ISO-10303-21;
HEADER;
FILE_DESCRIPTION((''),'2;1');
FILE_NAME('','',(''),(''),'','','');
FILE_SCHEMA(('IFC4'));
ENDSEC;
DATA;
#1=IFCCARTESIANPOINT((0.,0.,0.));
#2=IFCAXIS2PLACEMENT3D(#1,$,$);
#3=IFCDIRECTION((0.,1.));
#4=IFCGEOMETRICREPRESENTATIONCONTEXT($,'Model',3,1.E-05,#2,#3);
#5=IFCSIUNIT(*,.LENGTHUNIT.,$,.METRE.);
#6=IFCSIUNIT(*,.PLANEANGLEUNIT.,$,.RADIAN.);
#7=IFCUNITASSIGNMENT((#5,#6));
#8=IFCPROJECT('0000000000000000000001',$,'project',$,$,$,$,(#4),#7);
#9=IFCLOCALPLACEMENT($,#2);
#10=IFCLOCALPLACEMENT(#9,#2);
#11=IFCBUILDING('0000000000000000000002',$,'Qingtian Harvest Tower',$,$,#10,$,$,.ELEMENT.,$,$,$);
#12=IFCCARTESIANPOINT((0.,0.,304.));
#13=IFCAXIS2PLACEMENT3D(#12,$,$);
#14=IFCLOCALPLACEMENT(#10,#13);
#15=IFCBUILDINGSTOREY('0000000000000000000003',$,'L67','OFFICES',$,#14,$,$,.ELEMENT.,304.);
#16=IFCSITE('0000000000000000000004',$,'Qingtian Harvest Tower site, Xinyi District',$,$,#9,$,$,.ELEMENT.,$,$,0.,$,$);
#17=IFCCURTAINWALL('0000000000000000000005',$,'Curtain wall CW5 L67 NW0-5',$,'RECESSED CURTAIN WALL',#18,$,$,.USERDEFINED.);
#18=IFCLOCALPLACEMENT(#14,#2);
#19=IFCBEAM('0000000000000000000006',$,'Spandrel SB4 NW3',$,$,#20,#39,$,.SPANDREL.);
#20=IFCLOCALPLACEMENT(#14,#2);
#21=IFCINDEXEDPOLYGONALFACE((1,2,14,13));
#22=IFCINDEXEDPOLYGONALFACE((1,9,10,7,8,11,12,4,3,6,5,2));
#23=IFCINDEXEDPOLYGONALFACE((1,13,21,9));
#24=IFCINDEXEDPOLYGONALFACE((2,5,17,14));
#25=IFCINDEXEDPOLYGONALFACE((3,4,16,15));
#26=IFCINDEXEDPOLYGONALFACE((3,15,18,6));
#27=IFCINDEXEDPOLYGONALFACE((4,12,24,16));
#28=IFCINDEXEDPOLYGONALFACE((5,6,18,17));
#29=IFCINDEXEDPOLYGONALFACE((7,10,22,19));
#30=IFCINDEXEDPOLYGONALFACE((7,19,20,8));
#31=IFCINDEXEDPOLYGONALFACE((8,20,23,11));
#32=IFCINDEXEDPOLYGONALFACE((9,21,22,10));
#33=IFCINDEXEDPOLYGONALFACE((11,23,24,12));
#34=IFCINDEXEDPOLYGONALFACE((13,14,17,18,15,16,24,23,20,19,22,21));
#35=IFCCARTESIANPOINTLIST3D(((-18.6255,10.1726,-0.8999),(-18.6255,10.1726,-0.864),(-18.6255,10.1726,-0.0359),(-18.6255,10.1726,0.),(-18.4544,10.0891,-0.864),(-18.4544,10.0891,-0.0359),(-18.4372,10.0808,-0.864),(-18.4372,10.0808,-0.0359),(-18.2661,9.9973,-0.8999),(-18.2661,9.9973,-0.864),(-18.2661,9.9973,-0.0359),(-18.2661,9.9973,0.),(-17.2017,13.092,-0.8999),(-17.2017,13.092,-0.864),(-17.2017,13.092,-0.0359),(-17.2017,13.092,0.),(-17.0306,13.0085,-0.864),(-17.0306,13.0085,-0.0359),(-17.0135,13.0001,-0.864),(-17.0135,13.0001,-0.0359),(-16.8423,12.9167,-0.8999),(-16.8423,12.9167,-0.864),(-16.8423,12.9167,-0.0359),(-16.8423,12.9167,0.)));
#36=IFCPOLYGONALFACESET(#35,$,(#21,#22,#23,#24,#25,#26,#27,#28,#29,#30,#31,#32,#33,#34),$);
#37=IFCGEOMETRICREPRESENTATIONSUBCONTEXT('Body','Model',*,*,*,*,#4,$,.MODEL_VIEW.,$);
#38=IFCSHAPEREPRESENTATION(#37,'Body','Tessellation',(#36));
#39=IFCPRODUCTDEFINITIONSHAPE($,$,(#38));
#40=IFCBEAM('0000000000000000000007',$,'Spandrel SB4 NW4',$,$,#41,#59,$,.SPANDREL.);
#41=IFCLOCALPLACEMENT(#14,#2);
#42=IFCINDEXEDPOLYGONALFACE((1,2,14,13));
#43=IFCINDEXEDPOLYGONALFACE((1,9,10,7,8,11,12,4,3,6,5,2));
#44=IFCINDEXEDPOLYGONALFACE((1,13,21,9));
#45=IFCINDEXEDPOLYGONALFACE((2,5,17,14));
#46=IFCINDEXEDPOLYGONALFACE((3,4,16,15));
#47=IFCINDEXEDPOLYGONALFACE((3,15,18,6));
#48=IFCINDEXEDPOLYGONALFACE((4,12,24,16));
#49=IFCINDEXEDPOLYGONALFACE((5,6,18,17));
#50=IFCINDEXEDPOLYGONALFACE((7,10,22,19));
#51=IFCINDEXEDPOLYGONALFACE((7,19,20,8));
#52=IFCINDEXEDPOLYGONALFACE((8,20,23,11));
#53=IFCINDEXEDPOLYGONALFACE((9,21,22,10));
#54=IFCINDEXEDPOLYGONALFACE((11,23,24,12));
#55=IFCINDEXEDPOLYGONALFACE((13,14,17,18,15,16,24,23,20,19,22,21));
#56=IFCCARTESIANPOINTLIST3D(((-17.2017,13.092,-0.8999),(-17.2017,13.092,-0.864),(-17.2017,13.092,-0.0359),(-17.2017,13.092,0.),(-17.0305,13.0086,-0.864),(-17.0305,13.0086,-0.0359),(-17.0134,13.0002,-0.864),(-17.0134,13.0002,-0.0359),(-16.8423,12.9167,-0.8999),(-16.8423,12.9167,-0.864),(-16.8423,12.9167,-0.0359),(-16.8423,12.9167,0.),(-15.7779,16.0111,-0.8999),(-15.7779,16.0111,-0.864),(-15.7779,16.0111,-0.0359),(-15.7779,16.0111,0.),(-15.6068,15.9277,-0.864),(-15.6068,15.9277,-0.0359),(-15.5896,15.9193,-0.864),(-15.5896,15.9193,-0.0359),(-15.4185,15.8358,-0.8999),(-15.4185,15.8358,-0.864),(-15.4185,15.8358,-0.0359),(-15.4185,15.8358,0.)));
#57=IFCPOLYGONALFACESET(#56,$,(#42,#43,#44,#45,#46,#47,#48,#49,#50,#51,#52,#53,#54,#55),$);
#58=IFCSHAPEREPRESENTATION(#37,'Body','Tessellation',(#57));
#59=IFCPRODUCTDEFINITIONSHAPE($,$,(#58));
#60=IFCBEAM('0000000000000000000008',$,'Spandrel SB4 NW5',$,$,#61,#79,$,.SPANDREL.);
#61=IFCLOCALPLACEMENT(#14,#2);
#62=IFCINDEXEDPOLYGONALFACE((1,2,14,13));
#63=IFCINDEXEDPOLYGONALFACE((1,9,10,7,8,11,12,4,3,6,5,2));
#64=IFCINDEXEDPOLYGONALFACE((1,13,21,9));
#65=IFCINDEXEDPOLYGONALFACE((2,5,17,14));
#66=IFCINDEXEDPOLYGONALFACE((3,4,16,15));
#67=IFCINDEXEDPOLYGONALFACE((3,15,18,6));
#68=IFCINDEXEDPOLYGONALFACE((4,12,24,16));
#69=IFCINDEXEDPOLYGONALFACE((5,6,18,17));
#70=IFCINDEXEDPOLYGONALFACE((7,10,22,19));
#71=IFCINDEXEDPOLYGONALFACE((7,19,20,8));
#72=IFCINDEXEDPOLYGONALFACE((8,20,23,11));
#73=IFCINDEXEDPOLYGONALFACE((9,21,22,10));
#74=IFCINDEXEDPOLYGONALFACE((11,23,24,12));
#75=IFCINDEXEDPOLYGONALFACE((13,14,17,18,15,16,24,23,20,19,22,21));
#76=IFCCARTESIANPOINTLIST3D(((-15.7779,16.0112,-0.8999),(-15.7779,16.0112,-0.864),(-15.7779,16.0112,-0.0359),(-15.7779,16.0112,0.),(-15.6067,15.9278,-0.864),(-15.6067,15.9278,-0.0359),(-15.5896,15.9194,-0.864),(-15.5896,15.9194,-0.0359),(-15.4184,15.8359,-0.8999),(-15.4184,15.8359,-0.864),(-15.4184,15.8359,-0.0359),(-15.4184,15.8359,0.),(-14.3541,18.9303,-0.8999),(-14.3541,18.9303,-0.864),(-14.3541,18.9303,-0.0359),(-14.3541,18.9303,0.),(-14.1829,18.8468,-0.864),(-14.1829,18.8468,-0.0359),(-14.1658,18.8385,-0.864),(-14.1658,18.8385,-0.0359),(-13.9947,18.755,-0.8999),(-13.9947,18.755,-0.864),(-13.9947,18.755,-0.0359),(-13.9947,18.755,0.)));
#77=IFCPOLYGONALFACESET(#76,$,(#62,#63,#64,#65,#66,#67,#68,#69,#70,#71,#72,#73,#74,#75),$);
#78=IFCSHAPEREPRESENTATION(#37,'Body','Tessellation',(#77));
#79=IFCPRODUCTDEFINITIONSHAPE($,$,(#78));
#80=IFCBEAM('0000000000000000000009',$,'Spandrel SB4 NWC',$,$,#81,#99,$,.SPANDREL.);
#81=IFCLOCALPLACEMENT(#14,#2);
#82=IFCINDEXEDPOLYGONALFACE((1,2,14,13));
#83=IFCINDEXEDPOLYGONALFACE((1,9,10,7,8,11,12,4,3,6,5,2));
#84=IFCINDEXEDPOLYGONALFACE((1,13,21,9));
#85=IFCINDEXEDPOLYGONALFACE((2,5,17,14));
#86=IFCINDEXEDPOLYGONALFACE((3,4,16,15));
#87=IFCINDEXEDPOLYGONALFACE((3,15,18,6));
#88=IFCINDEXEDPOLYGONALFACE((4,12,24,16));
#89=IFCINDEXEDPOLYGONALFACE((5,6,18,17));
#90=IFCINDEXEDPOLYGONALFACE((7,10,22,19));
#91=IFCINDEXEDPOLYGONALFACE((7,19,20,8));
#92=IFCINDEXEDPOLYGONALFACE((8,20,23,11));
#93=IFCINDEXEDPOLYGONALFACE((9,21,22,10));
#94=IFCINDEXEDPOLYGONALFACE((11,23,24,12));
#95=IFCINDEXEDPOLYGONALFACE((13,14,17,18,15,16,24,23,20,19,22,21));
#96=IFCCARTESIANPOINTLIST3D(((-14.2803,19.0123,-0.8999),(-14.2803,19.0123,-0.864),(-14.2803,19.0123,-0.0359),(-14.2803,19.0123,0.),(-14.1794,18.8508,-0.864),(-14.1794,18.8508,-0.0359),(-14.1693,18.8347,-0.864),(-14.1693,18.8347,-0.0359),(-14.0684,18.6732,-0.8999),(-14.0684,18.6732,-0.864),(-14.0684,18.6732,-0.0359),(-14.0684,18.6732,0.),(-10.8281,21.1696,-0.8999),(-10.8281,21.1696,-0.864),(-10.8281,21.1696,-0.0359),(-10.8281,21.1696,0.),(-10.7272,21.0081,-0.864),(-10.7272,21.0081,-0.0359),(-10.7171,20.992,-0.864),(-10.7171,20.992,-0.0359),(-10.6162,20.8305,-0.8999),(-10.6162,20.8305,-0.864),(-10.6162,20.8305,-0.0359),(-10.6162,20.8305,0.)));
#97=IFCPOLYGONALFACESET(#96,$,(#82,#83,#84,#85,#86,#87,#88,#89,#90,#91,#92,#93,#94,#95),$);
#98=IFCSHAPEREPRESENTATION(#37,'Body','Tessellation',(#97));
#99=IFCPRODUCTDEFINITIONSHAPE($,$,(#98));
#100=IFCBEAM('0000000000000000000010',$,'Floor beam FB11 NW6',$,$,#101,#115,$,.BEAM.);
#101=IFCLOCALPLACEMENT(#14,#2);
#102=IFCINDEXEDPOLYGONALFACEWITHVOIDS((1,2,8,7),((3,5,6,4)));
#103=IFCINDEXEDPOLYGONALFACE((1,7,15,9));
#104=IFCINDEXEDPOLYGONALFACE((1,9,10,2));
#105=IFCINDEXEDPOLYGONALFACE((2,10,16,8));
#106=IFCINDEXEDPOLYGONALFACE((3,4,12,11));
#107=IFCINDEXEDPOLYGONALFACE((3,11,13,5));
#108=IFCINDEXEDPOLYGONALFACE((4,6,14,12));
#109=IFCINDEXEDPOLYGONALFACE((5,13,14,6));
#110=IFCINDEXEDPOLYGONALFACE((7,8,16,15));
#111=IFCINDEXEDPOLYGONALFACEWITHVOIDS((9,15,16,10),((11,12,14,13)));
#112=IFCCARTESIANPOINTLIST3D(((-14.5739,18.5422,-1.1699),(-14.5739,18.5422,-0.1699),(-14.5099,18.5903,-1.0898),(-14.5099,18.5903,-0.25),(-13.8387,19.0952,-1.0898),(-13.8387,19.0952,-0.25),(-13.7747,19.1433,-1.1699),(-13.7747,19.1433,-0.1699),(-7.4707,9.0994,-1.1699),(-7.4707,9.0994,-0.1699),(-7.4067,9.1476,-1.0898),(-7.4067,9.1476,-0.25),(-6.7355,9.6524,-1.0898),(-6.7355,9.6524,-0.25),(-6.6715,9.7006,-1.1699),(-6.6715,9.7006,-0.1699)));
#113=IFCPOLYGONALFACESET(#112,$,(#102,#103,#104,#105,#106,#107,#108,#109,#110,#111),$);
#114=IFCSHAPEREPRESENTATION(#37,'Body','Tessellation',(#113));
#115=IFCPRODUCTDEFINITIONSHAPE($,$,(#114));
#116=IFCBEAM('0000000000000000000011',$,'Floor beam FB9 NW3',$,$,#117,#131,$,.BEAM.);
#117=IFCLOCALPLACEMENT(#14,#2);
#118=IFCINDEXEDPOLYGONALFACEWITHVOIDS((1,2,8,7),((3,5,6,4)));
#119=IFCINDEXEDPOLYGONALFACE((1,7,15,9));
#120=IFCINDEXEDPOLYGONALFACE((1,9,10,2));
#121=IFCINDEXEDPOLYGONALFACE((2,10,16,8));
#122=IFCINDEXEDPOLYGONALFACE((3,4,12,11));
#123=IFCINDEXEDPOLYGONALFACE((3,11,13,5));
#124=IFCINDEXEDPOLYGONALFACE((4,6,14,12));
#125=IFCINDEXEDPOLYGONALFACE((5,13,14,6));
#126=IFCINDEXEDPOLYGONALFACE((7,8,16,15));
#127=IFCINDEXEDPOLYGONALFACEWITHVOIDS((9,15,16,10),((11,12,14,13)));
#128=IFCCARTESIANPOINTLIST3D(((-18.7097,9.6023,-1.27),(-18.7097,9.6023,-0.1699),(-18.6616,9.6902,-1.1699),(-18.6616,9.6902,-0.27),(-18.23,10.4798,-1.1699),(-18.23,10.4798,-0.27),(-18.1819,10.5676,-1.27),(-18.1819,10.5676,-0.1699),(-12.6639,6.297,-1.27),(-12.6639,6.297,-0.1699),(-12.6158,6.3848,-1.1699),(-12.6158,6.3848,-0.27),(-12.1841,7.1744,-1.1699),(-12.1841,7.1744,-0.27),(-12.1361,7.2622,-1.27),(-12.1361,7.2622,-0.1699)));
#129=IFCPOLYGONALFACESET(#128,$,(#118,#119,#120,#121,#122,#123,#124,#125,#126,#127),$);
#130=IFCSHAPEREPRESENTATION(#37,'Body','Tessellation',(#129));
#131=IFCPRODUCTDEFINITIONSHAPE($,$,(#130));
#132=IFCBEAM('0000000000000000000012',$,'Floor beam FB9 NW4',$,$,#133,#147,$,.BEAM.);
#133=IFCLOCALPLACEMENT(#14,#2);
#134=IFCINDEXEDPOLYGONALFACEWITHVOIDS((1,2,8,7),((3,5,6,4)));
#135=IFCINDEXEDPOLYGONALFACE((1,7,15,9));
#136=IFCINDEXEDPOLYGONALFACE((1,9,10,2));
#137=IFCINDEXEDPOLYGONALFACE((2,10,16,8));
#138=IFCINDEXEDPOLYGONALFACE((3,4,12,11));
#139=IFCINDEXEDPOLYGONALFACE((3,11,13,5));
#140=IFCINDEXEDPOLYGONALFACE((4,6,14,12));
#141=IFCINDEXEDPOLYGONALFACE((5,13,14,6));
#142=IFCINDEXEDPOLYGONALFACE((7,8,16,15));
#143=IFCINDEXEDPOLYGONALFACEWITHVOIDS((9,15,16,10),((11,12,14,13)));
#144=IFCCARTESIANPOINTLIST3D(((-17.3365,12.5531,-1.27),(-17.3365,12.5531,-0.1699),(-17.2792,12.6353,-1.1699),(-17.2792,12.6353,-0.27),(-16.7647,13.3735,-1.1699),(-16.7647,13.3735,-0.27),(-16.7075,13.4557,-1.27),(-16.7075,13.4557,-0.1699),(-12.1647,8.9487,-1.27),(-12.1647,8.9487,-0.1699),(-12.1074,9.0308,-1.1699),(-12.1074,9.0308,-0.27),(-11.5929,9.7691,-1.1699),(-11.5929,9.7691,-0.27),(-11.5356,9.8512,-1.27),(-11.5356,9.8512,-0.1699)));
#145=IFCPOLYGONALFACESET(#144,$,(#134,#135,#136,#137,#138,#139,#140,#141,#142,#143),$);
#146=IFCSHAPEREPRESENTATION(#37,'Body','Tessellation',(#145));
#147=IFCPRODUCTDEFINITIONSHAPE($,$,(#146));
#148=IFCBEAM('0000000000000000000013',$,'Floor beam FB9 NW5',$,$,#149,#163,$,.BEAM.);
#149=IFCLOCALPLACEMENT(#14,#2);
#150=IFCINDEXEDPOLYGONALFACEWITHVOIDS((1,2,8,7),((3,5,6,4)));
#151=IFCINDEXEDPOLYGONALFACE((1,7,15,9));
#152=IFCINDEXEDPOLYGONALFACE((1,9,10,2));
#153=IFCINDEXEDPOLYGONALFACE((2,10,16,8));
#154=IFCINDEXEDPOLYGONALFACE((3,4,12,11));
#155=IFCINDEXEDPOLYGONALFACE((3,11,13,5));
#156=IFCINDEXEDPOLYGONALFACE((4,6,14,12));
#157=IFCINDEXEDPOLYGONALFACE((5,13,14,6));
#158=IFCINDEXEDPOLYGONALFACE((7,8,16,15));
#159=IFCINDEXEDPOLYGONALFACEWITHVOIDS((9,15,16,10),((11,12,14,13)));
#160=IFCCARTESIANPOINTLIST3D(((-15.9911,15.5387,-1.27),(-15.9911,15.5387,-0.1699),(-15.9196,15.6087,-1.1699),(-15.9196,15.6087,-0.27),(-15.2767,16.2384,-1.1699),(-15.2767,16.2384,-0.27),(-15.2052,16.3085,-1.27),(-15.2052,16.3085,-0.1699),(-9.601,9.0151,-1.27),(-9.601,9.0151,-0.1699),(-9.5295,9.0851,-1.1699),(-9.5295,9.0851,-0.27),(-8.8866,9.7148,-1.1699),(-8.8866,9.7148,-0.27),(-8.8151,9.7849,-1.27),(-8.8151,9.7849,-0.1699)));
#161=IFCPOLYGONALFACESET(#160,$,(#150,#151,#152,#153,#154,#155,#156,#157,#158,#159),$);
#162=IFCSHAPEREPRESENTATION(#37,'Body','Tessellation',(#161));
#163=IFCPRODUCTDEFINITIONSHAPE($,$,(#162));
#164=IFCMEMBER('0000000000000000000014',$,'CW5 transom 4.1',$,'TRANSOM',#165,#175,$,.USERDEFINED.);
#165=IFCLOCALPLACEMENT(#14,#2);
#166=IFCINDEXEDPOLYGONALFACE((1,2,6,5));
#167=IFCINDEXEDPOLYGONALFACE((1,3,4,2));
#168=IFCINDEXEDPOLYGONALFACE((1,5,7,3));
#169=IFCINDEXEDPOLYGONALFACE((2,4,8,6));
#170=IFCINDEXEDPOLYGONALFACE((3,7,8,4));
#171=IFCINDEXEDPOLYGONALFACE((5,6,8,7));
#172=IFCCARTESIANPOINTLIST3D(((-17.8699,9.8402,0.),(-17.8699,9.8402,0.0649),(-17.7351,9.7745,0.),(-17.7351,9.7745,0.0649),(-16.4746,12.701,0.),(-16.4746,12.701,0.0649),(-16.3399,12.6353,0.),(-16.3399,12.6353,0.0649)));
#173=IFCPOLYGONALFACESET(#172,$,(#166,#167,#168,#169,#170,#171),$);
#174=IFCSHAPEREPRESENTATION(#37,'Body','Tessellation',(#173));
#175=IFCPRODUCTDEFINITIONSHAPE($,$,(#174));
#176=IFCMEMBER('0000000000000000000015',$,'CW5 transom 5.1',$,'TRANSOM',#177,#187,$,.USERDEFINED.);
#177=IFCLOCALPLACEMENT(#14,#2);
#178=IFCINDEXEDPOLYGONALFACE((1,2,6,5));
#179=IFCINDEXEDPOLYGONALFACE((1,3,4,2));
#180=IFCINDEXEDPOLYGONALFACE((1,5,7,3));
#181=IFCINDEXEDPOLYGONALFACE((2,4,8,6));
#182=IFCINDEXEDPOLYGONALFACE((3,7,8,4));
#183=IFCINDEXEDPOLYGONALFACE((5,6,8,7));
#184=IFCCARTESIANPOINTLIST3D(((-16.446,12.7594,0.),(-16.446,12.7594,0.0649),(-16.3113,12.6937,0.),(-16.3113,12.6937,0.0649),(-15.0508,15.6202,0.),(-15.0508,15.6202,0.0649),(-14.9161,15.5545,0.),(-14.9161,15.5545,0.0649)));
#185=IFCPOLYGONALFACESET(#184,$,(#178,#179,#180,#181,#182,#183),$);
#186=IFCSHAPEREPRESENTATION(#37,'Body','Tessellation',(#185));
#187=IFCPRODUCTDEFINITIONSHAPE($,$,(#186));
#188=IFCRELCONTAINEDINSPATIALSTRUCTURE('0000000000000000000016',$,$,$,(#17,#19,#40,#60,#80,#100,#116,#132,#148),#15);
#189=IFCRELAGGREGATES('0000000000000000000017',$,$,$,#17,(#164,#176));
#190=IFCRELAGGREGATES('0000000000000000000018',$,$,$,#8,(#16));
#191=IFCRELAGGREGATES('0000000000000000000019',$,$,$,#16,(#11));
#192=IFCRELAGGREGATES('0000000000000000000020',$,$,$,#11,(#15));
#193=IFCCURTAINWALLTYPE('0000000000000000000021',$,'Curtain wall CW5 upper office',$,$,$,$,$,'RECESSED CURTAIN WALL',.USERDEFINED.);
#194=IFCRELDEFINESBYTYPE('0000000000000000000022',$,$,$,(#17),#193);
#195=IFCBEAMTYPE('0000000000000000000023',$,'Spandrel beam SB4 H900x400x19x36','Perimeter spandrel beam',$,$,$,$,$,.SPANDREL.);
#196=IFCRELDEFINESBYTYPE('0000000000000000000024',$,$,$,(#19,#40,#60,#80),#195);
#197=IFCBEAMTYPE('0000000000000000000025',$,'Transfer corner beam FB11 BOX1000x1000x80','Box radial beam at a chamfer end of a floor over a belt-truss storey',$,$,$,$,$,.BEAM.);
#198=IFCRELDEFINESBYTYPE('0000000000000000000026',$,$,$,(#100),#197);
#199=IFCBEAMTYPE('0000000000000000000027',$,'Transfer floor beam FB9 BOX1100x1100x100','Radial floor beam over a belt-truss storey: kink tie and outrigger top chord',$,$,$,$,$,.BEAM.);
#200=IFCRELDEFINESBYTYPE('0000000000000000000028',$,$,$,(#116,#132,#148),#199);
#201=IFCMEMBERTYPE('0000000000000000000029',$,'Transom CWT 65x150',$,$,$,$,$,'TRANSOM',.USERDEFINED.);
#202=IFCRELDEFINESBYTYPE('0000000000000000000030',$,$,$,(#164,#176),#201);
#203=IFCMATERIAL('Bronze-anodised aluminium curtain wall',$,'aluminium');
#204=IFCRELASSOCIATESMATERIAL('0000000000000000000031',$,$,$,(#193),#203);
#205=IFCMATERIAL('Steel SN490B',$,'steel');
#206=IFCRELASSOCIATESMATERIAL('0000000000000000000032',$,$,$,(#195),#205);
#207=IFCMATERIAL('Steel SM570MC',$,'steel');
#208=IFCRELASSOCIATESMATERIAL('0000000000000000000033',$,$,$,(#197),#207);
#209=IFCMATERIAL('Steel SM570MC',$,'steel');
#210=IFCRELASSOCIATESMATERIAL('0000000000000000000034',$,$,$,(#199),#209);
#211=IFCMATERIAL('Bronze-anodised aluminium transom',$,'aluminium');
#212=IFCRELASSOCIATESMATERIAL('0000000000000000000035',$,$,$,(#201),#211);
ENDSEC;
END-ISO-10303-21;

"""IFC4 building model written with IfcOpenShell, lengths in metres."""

from ifc_helpers import new_model, si_unit, direction, frame, origin, origin_2d, place, context, subcontext, project, spatial, rectangle, hollow_rectangle, i_section, extrude, material, material_profile, profile_set, type_object, element, aggregate, save


model = new_model("IFC4")

# Units and contexts
model_context = context("Model", 3, precision=1e-05, world=origin(), true_north=direction((0.0, 1.0)))
body_context = subcontext(model_context, "Body", "Model", "MODEL_VIEW")
ifc_project = project(units=[si_unit("LENGTHUNIT", "METRE"), si_unit("PLANEANGLEUNIT", "RADIAN")], contexts=[model_context])

# Site, building, storey
site_placement = place(None, origin())
site = spatial("IfcSite", under=ifc_project, at=site_placement, Name="Qingtian Harvest Tower site, Xinyi District", CompositionType="ELEMENT", RefElevation=0.0)
building_placement = place(site_placement, origin())
building = spatial("IfcBuilding", under=site, at=building_placement, Name="Qingtian Harvest Tower", CompositionType="ELEMENT")
storey_placement = place(building_placement, frame((0.0, 0.0, 304.0)))
storey = spatial("IfcBuildingStorey", under=building, at=storey_placement, Name="L67", Description="OFFICES", CompositionType="ELEMENT", Elevation=304.0)

# Curtain wall
ifc_material_1 = material(Name="Bronze-anodised aluminium curtain wall", Category="aluminium")
curtain_wall_type = type_object("IfcCurtainWallType", Name="Curtain wall CW5 upper office", ElementType="RECESSED CURTAIN WALL", PredefinedType="USERDEFINED", material=ifc_material_1)
curtain_wall_1_placement = place(storey_placement, origin())
curtain_wall_1 = element("IfcCurtainWall", 1, at=curtain_wall_1_placement, inside=storey, type_object=curtain_wall_type, Name="Curtain wall CW5 L67 NW0-5", ObjectType="RECESSED CURTAIN WALL", PredefinedType="USERDEFINED")

# Beams
ifc_material_2 = material(Name="Steel SN490B", Category="steel")
ifc_material_profile_1 = material_profile(ifc_material_2, i_section(OverallWidth=0.3999, OverallDepth=0.8999, WebThickness=0.019, FlangeThickness=0.0359, at=origin_2d()), Name="H900x400x19x36")
ifc_profile_set_1 = profile_set([ifc_material_profile_1], Name="Steel SN490B")
beam_type_1 = type_object("IfcBeamType", Name="Spandrel beam SB4 H900x400x19x36", Description="Perimeter spandrel beam", PredefinedType="SPANDREL", material=ifc_profile_set_1)
beam_1_placement = place(storey_placement, frame((-18.4458, 10.085, -0.45), z_axis=(0.438353, 0.898803, 0.0), x_axis=(-0.898803, 0.438353, 0.0)))
element("IfcBeam", 2, at=beam_1_placement, inside=storey, type_object=beam_type_1, Name="Spandrel SB4 NW3", PredefinedType="SPANDREL", context=body_context, shape_type="SweptSolid", body=[
    extrude(i_section(OverallWidth=0.3999, OverallDepth=0.8999, WebThickness=0.019, FlangeThickness=0.0359, at=origin_2d()), origin(), (0.0, 0.0, 1.0), 3.248),
])
for number, where, z_axis, x_axis, name in (
    (3, (-17.022, 13.0044, -0.45), (0.438382, 0.898789, 0.0), (-0.898789, 0.438382, 0.0), "Spandrel SB4 NW4"),
    (4, (-15.5981, 15.9236, -0.45), (0.438382, 0.898789, 0.0), (-0.898789, 0.438382, 0.0), "Spandrel SB4 NW5"),
):
    element("IfcBeam", number, at=place(storey_placement, frame(where, z_axis=z_axis, x_axis=x_axis)), inside=storey, type_object=beam_type_1, Name=name, PredefinedType="SPANDREL", context=body_context, shape_type="SweptSolid", body=[
        extrude(i_section(OverallWidth=0.3999, OverallDepth=0.8999, WebThickness=0.019, FlangeThickness=0.0359, at=origin_2d()), origin(), (0.0, 0.0, 1.0), 3.2478),
    ])
beam_2_placement = place(storey_placement, frame((-14.1743, 18.8428, -0.45), z_axis=(0.848039, 0.529934, 0.0), x_axis=(-0.529934, 0.848039, 0.0)))
element("IfcBeam", 5, at=beam_2_placement, inside=storey, type_object=beam_type_1, Name="Spandrel SB4 NWC", PredefinedType="SPANDREL", context=body_context, shape_type="SweptSolid", body=[
    extrude(i_section(OverallWidth=0.3999, OverallDepth=0.8999, WebThickness=0.019, FlangeThickness=0.0359, at=origin_2d()), origin(), (0.0, 0.0, 1.0), 4.0708),
])
ifc_material_3 = material(Name="Steel SM570MC", Category="steel")
ifc_material_profile_2 = material_profile(ifc_material_3, hollow_rectangle(XDim=1.0, YDim=1.0, WallThickness=0.0801, at=origin_2d()), Name="BOX1000x1000x80")
ifc_profile_set_2 = profile_set([ifc_material_profile_2], Name="Steel SM570MC")
beam_type_2 = type_object("IfcBeamType", Name="Transfer corner beam FB11 BOX1000x1000x80", Description="Box radial beam at a chamfer end of a floor over a belt-truss storey", PredefinedType="BEAM", material=ifc_profile_set_2)
beam_3_placement = place(storey_placement, frame((-14.1743, 18.8428, -0.6699), z_axis=(0.601143, -0.799141, 0.0), x_axis=(0.799141, 0.601143, 0.0)))
element("IfcBeam", 6, at=beam_3_placement, inside=storey, type_object=beam_type_2, Name="Floor beam FB11 NW6", PredefinedType="BEAM", context=body_context, shape_type="SweptSolid", body=[
    extrude(hollow_rectangle(XDim=1.0, YDim=1.0, WallThickness=0.0801, at=origin_2d()), origin(), (0.0, 0.0, 1.0), 11.8162),
])
ifc_material_4 = material(Name="Steel SM570MC", Category="steel")
ifc_material_profile_3 = material_profile(ifc_material_4, hollow_rectangle(XDim=1.1001, YDim=1.1001, WallThickness=0.1001, at=origin_2d()), Name="BOX1100x1100x100")
ifc_profile_set_3 = profile_set([ifc_material_profile_3], Name="Steel SM570MC")
beam_type_3 = type_object("IfcBeamType", Name="Transfer floor beam FB9 BOX1100x1100x100", Description="Radial floor beam over a belt-truss storey: kink tie and outrigger top chord", PredefinedType="BEAM", material=ifc_profile_set_3)
beam_4_placement = place(storey_placement, frame((-18.4458, 10.085, -0.72), z_axis=(0.877428, -0.479708, 0.0), x_axis=(0.479708, 0.877428, 0.0)))
element("IfcBeam", 7, at=beam_4_placement, inside=storey, type_object=beam_type_3, Name="Floor beam FB9 NW3", PredefinedType="BEAM", context=body_context, shape_type="SweptSolid", body=[
    extrude(hollow_rectangle(XDim=1.1001, YDim=1.1001, WallThickness=0.1001, at=origin_2d()), origin(), (0.0, 0.0, 1.0), 6.8904),
])
beam_5_placement = place(storey_placement, frame((-17.022, 13.0044, -0.72), z_axis=(0.820409, -0.571777, 0.0), x_axis=(0.571777, 0.820409, 0.0)))
element("IfcBeam", 8, at=beam_5_placement, inside=storey, type_object=beam_type_3, Name="Floor beam FB9 NW4", PredefinedType="BEAM", context=body_context, shape_type="SweptSolid", body=[
    extrude(hollow_rectangle(XDim=1.1001, YDim=1.1001, WallThickness=0.1001, at=origin_2d()), origin(), (0.0, 0.0, 1.0), 6.304),
])
beam_6_placement = place(storey_placement, frame((-15.5981, 15.9236, -0.72), z_axis=(0.699757, -0.714381, 0.0), x_axis=(0.714381, 0.699757, 0.0)))
element("IfcBeam", 9, at=beam_6_placement, inside=storey, type_object=beam_type_3, Name="Floor beam FB9 NW5", PredefinedType="BEAM", context=body_context, shape_type="SweptSolid", body=[
    extrude(hollow_rectangle(XDim=1.1001, YDim=1.1001, WallThickness=0.1001, at=origin_2d()), origin(), (0.0, 0.0, 1.0), 9.1318),
])

# Members
ifc_material_5 = material(Name="Bronze-anodised aluminium transom", Category="aluminium")
ifc_material_profile_4 = material_profile(ifc_material_5, rectangle(XDim=0.1499, YDim=0.0649, at=origin_2d()), Name="AL 65x150")
ifc_profile_set_4 = profile_set([ifc_material_profile_4], Name="Bronze-anodised aluminium transom")
member_type_1 = type_object("IfcMemberType", Name="Transom CWT 65x150", ElementType="TRANSOM", PredefinedType="USERDEFINED", material=ifc_profile_set_4)
member_1_placement = place(storey_placement, frame((-17.8025, 9.8074, 0.0325), z_axis=(0.438356, 0.898802, 0.0), x_axis=(-0.898802, 0.438356, 0.0)))
member_1 = element("IfcMember", 10, at=member_1_placement, type_object=member_type_1, Name="CW5 transom 4.1", ObjectType="TRANSOM", PredefinedType="USERDEFINED", context=body_context, shape_type="SweptSolid", body=[
    extrude(rectangle(XDim=0.1499, YDim=0.0649, at=origin_2d()), origin(), (0.0, 0.0, 1.0), 3.1829),
])
member_2_placement = place(storey_placement, frame((-16.3787, 12.7266, 0.0325), z_axis=(0.438356, 0.898802, 0.0), x_axis=(-0.898802, 0.438356, 0.0)))
member_2 = element("IfcMember", 11, at=member_2_placement, type_object=member_type_1, Name="CW5 transom 5.1", ObjectType="TRANSOM", PredefinedType="USERDEFINED", context=body_context, shape_type="SweptSolid", body=[
    extrude(rectangle(XDim=0.1499, YDim=0.0649, at=origin_2d()), origin(), (0.0, 0.0, 1.0), 3.1829),
])

aggregate(curtain_wall_1, [member_1, member_2])

save(model, "model.ifc")
